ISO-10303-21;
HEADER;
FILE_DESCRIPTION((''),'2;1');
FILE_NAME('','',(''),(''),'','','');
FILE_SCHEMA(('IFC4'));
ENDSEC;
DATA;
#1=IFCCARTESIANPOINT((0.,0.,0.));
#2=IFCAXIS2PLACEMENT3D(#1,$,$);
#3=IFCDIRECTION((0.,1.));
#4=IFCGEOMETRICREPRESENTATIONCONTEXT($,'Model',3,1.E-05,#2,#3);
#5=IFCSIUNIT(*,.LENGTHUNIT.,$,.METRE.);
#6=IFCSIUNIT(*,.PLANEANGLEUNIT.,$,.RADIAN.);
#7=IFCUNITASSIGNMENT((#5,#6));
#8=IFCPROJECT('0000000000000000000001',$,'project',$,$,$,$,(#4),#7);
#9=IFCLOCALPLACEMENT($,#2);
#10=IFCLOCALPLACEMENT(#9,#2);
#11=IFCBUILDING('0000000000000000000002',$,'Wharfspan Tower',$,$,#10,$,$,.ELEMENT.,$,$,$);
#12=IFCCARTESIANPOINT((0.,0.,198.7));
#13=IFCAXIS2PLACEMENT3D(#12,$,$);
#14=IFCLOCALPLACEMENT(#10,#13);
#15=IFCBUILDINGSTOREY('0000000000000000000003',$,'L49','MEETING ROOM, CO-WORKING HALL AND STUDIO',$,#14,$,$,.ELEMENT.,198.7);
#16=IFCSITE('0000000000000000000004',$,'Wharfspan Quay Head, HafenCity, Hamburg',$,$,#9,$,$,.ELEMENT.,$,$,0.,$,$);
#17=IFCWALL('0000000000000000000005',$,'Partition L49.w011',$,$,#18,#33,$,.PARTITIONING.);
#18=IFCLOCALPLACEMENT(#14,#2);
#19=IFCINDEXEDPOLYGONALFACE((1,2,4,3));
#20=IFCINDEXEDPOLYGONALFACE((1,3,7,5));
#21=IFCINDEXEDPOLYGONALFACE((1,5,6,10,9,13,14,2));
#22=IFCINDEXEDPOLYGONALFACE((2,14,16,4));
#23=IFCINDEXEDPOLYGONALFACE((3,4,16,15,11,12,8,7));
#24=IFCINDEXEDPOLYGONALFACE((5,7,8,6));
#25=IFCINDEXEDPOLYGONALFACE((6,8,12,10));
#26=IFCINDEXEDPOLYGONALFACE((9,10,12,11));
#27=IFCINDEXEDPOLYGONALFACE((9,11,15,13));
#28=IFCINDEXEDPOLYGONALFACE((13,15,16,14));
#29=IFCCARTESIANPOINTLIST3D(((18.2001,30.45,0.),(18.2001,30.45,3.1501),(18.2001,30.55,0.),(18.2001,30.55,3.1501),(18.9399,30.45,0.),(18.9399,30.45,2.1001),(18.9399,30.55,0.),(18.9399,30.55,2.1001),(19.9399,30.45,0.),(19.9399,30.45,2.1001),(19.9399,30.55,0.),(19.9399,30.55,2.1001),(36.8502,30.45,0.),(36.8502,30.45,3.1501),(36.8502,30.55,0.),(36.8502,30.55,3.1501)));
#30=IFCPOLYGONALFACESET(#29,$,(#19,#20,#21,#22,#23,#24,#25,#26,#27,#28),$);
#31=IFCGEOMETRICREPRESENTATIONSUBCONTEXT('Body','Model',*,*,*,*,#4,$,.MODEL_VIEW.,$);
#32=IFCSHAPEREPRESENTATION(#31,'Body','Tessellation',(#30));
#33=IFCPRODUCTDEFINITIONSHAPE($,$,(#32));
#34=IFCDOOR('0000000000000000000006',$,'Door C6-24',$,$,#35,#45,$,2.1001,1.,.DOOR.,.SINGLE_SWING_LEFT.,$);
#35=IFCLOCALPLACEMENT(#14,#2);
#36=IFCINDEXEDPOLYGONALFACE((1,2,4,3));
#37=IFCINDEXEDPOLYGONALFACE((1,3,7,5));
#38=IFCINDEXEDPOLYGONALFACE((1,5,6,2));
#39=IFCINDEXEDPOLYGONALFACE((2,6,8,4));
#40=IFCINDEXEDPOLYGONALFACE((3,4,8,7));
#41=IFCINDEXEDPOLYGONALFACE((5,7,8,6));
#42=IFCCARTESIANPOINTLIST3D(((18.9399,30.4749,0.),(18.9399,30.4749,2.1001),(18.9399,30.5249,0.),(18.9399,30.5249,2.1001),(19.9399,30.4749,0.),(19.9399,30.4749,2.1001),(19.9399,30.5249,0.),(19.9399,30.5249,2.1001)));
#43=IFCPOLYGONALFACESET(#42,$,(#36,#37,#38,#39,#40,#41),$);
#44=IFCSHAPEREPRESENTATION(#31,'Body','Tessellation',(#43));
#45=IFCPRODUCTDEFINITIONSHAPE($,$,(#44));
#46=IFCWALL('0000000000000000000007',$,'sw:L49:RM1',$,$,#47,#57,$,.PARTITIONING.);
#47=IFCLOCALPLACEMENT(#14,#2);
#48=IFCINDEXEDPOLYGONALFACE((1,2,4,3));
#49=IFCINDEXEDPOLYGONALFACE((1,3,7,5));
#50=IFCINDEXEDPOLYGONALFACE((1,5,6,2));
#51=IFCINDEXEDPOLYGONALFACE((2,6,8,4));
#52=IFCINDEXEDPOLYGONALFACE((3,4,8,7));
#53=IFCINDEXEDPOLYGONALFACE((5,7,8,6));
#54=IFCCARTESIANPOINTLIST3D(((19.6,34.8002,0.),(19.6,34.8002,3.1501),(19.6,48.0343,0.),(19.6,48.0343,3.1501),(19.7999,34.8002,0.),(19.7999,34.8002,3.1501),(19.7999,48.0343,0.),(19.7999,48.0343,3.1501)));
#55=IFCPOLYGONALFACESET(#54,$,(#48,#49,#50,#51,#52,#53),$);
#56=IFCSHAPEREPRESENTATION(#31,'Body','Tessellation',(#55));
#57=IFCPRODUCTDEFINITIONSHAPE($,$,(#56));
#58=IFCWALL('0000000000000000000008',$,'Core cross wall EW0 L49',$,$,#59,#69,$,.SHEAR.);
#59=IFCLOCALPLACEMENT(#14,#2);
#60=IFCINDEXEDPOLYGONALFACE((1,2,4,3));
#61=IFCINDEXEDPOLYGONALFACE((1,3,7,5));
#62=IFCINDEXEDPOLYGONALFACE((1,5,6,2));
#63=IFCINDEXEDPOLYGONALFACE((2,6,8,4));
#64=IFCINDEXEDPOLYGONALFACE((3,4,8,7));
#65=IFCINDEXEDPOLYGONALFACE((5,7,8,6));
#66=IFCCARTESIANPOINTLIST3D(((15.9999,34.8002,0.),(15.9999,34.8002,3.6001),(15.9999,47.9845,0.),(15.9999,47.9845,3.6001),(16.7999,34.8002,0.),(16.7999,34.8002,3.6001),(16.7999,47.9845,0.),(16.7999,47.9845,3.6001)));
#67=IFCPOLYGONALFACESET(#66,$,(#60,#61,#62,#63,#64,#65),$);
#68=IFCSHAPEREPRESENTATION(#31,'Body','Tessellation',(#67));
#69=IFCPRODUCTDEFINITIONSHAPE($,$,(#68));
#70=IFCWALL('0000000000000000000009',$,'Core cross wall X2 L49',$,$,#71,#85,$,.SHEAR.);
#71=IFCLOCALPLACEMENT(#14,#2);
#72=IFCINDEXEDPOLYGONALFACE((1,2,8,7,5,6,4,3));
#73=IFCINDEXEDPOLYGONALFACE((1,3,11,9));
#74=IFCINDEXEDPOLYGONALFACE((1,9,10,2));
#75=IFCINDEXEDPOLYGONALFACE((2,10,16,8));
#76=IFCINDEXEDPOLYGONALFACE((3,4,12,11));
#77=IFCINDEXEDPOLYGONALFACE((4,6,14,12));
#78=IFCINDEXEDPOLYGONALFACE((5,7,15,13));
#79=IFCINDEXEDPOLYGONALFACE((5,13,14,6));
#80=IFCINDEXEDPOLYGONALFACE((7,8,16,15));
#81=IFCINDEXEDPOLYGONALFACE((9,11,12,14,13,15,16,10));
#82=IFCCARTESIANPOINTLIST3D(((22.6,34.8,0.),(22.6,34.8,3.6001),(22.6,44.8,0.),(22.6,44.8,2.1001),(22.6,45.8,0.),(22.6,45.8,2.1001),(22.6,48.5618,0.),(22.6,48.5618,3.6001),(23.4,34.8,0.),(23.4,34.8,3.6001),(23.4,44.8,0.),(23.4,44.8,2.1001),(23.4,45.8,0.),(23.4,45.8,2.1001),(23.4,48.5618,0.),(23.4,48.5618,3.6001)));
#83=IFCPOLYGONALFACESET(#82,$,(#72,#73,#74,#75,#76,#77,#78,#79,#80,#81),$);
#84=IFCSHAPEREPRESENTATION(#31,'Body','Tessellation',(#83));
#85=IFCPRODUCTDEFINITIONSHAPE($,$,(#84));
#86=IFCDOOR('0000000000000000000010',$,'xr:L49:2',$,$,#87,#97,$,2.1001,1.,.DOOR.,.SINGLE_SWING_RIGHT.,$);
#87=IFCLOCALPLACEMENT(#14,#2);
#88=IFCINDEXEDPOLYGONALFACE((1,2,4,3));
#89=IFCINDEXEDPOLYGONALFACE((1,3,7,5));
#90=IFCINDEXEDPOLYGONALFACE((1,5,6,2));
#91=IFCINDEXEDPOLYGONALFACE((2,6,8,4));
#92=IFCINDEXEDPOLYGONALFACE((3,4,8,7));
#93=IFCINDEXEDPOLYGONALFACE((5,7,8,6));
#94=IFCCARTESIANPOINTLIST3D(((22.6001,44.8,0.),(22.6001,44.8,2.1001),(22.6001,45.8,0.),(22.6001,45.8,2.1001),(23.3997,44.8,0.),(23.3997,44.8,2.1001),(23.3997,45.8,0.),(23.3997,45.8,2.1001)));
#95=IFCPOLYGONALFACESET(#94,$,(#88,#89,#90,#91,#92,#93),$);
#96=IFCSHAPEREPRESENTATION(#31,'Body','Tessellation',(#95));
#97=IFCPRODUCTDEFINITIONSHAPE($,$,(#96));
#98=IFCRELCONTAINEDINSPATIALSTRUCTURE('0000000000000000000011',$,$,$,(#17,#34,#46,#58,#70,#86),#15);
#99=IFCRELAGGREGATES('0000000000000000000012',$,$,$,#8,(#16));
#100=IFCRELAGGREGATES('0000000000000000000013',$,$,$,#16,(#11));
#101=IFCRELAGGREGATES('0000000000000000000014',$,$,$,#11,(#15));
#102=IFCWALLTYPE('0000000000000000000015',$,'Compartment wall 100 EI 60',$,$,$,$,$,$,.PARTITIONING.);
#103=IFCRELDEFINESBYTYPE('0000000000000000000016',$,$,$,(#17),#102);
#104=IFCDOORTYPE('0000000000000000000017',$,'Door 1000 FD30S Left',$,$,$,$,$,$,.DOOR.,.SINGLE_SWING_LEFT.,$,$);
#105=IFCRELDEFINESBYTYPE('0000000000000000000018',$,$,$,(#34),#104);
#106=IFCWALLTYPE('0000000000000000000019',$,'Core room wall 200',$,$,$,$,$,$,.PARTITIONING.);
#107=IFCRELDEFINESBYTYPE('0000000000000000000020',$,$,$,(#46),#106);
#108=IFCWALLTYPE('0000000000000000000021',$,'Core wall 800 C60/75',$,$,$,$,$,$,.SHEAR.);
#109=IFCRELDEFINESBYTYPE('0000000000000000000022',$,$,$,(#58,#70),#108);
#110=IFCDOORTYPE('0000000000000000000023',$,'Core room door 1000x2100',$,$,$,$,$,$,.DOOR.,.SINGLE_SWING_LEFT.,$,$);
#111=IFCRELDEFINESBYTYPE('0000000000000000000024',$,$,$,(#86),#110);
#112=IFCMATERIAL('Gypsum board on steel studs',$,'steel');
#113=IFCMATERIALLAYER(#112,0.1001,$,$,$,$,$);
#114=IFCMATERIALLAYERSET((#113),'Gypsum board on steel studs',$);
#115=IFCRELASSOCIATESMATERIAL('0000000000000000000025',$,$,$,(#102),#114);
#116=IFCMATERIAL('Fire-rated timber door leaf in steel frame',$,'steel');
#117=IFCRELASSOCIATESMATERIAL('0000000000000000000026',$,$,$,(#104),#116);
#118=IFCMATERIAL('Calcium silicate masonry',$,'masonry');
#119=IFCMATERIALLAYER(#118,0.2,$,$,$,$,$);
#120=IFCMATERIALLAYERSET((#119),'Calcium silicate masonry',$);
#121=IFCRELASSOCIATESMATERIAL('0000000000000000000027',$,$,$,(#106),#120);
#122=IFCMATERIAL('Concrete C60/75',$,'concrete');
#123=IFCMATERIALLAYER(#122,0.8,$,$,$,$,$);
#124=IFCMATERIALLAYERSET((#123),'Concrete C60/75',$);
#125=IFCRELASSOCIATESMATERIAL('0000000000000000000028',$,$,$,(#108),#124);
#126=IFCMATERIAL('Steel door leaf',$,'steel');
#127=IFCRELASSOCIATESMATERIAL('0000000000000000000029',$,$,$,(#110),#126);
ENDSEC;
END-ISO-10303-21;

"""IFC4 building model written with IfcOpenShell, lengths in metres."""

from ifc_helpers import new_model, si_unit, direction, frame, frame_2d, origin, place, context, subcontext, project, spatial, rectangle, extrude, material, layer, layer_set, type_object, element, fill, save


model = new_model("IFC4")

# Units and contexts
model_context = context("Model", 3, precision=1e-05, world=origin(), true_north=direction((0.0, 1.0)))
body_context = subcontext(model_context, "Body", "Model", "MODEL_VIEW")
ifc_project = project(units=[si_unit("LENGTHUNIT", "METRE"), si_unit("PLANEANGLEUNIT", "RADIAN")], contexts=[model_context])

# Site, building, storey
site_placement = place(None, origin())
site = spatial("IfcSite", under=ifc_project, at=site_placement, Name="Wharfspan Quay Head, HafenCity, Hamburg", CompositionType="ELEMENT", RefElevation=0.0)
building_placement = place(site_placement, origin())
building = spatial("IfcBuilding", under=site, at=building_placement, Name="Wharfspan Tower", CompositionType="ELEMENT")
storey_placement = place(building_placement, frame((0.0, 0.0, 198.7)))
storey = spatial("IfcBuildingStorey", under=building, at=storey_placement, Name="L49", Description="MEETING ROOM, CO-WORKING HALL AND STUDIO", CompositionType="ELEMENT", Elevation=198.7)

# Wall, opening, door
ifc_material_1 = material(Name="Gypsum board on steel studs", Category="steel")
ifc_layer_1 = layer(ifc_material_1, 0.1001)
ifc_layer_set_1 = layer_set([ifc_layer_1], Name="Gypsum board on steel studs")
wall_type_1 = type_object("IfcWallType", Name="Compartment wall 100 EI 60", PredefinedType="PARTITIONING", material=ifc_layer_set_1)
wall_1_placement = place(storey_placement, frame((18.2, 30.5, 0.0), z_axis=(0.0, 0.0, 1.0), x_axis=(1.0, 0.0, 0.0)))
wall_1 = element("IfcWall", 1, at=wall_1_placement, inside=storey, type_object=wall_type_1, Name="Partition L49.w011", PredefinedType="PARTITIONING", context=body_context, shape_type="SweptSolid", body=[
    extrude(rectangle(XDim=18.6501, YDim=0.1001, at=frame_2d((9.3252, 0.0))), origin(), (0.0, 0.0, 1.0), 3.1501),
])
opening_1_placement = place(wall_1_placement, frame((0.74, 0.0, 0.0)))
opening_1 = element("IfcOpeningElement", 2, at=opening_1_placement, cuts=wall_1, PredefinedType="OPENING", context=body_context, shape_type="SweptSolid", body=[
    extrude(rectangle(XDim=1.0, YDim=2.1001, at=frame_2d((0.5, 1.05))), frame((0.0, 0.0601, 0.0), z_axis=(0.0, -1.0, 0.0), x_axis=(1.0, 0.0, 0.0)), (0.0, 0.0, 1.0), 0.1201),
])
ifc_material_2 = material(Name="Fire-rated timber door leaf in steel frame", Category="steel")
door_type_1 = type_object("IfcDoorType", Name="Door 1000 FD30S Left", OperationType="SINGLE_SWING_LEFT", PredefinedType="DOOR", material=ifc_material_2)
door_1_placement = place(opening_1_placement, origin())
door_1 = element("IfcDoor", 3, at=door_1_placement, inside=storey, type_object=door_type_1, Name="Door C6-24", OperationType="SINGLE_SWING_LEFT", OverallHeight=2.1001, OverallWidth=1.0, PredefinedType="DOOR", context=body_context, shape_type="SweptSolid", body=[
    extrude(rectangle(XDim=1.0, YDim=2.1001, at=frame_2d((0.5, 1.05))), frame((0.0, 0.0249, 0.0), z_axis=(0.0, -1.0, 0.0), x_axis=(1.0, 0.0, 0.0)), (0.0, 0.0, 1.0), 0.05),
])
fill(opening_1, door_1)

# Wall
ifc_material_3 = material(Name="Calcium silicate masonry", Category="masonry")
ifc_layer_2 = layer(ifc_material_3, 0.2)
ifc_layer_set_2 = layer_set([ifc_layer_2], Name="Calcium silicate masonry")
wall_type_2 = type_object("IfcWallType", Name="Core room wall 200", PredefinedType="PARTITIONING", material=ifc_layer_set_2)
wall_2_placement = place(storey_placement, frame((19.7, 34.8, 0.0), z_axis=(0.0, 0.0, 1.0), x_axis=(0.0, 1.0, 0.0)))
element("IfcWall", 4, at=wall_2_placement, inside=storey, type_object=wall_type_2, Name="sw:L49:RM1", PredefinedType="PARTITIONING", context=body_context, shape_type="SweptSolid", body=[
    extrude(rectangle(XDim=13.2341, YDim=0.2, at=frame_2d((6.6172, 0.0))), origin(), (0.0, 0.0, 1.0), 3.1501),
])

# Shared definitions
ifc_material_4 = material(Name="Concrete C60/75", Category="concrete")
ifc_layer_3 = layer(ifc_material_4, 0.8)
ifc_layer_set_3 = layer_set([ifc_layer_3], Name="Concrete C60/75")
wall_type_3 = type_object("IfcWallType", Name="Core wall 800 C60/75", PredefinedType="SHEAR", material=ifc_layer_set_3)
ifc_material_5 = material(Name="Steel door leaf", Category="steel")
door_type_2 = type_object("IfcDoorType", Name="Core room door 1000x2100", OperationType="SINGLE_SWING_LEFT", PredefinedType="DOOR", material=ifc_material_5)

# Wall
wall_3_placement = place(storey_placement, frame((16.3999, 34.8, 0.0), z_axis=(0.0, 0.0, 1.0), x_axis=(0.0, 1.0, 0.0)))
element("IfcWall", 5, at=wall_3_placement, inside=storey, type_object=wall_type_3, Name="Core cross wall EW0 L49", PredefinedType="SHEAR", context=body_context, shape_type="SweptSolid", body=[
    extrude(rectangle(XDim=13.1843, YDim=0.8, at=frame_2d((6.5923, 0.0))), origin(), (0.0, 0.0, 1.0), 3.6001),
])

# Wall, opening, door
wall_4_placement = place(storey_placement, frame((23.0, 34.8, 0.0), z_axis=(0.0, 0.0, 1.0), x_axis=(0.0, 1.0, 0.0)))
wall_4 = element("IfcWall", 6, at=wall_4_placement, inside=storey, type_object=wall_type_3, Name="Core cross wall X2 L49", PredefinedType="SHEAR", context=body_context, shape_type="SweptSolid", body=[
    extrude(rectangle(XDim=13.7617, YDim=0.8, at=frame_2d((6.8809, 0.0))), origin(), (0.0, 0.0, 1.0), 3.6001),
])
opening_2_placement = place(wall_4_placement, frame((10.0, 0.0, 0.0)))
opening_2 = element("IfcOpeningElement", 7, at=opening_2_placement, cuts=wall_4, PredefinedType="OPENING", context=body_context, shape_type="SweptSolid", body=[
    extrude(rectangle(XDim=1.0, YDim=2.1001, at=frame_2d((0.5, 1.05))), frame((0.0, 0.4099, 0.0), z_axis=(0.0, -1.0, 0.0), x_axis=(1.0, 0.0, 0.0)), (0.0, 0.0, 1.0), 0.8201),
])
door_2_placement = place(opening_2_placement, origin())
door_2 = element("IfcDoor", 8, at=door_2_placement, inside=storey, type_object=door_type_2, Name="xr:L49:2", OperationType="SINGLE_SWING_RIGHT", OverallHeight=2.1001, OverallWidth=1.0, PredefinedType="DOOR", context=body_context, shape_type="SweptSolid", body=[
    extrude(rectangle(XDim=1.0, YDim=2.1001, at=frame_2d((0.5, 1.05))), frame((0.0, 0.3999, 0.0), z_axis=(0.0, -1.0, 0.0), x_axis=(1.0, 0.0, 0.0)), (0.0, 0.0, 1.0), 0.7996),
])
fill(opening_2, door_2)

save(model, "model.ifc")
